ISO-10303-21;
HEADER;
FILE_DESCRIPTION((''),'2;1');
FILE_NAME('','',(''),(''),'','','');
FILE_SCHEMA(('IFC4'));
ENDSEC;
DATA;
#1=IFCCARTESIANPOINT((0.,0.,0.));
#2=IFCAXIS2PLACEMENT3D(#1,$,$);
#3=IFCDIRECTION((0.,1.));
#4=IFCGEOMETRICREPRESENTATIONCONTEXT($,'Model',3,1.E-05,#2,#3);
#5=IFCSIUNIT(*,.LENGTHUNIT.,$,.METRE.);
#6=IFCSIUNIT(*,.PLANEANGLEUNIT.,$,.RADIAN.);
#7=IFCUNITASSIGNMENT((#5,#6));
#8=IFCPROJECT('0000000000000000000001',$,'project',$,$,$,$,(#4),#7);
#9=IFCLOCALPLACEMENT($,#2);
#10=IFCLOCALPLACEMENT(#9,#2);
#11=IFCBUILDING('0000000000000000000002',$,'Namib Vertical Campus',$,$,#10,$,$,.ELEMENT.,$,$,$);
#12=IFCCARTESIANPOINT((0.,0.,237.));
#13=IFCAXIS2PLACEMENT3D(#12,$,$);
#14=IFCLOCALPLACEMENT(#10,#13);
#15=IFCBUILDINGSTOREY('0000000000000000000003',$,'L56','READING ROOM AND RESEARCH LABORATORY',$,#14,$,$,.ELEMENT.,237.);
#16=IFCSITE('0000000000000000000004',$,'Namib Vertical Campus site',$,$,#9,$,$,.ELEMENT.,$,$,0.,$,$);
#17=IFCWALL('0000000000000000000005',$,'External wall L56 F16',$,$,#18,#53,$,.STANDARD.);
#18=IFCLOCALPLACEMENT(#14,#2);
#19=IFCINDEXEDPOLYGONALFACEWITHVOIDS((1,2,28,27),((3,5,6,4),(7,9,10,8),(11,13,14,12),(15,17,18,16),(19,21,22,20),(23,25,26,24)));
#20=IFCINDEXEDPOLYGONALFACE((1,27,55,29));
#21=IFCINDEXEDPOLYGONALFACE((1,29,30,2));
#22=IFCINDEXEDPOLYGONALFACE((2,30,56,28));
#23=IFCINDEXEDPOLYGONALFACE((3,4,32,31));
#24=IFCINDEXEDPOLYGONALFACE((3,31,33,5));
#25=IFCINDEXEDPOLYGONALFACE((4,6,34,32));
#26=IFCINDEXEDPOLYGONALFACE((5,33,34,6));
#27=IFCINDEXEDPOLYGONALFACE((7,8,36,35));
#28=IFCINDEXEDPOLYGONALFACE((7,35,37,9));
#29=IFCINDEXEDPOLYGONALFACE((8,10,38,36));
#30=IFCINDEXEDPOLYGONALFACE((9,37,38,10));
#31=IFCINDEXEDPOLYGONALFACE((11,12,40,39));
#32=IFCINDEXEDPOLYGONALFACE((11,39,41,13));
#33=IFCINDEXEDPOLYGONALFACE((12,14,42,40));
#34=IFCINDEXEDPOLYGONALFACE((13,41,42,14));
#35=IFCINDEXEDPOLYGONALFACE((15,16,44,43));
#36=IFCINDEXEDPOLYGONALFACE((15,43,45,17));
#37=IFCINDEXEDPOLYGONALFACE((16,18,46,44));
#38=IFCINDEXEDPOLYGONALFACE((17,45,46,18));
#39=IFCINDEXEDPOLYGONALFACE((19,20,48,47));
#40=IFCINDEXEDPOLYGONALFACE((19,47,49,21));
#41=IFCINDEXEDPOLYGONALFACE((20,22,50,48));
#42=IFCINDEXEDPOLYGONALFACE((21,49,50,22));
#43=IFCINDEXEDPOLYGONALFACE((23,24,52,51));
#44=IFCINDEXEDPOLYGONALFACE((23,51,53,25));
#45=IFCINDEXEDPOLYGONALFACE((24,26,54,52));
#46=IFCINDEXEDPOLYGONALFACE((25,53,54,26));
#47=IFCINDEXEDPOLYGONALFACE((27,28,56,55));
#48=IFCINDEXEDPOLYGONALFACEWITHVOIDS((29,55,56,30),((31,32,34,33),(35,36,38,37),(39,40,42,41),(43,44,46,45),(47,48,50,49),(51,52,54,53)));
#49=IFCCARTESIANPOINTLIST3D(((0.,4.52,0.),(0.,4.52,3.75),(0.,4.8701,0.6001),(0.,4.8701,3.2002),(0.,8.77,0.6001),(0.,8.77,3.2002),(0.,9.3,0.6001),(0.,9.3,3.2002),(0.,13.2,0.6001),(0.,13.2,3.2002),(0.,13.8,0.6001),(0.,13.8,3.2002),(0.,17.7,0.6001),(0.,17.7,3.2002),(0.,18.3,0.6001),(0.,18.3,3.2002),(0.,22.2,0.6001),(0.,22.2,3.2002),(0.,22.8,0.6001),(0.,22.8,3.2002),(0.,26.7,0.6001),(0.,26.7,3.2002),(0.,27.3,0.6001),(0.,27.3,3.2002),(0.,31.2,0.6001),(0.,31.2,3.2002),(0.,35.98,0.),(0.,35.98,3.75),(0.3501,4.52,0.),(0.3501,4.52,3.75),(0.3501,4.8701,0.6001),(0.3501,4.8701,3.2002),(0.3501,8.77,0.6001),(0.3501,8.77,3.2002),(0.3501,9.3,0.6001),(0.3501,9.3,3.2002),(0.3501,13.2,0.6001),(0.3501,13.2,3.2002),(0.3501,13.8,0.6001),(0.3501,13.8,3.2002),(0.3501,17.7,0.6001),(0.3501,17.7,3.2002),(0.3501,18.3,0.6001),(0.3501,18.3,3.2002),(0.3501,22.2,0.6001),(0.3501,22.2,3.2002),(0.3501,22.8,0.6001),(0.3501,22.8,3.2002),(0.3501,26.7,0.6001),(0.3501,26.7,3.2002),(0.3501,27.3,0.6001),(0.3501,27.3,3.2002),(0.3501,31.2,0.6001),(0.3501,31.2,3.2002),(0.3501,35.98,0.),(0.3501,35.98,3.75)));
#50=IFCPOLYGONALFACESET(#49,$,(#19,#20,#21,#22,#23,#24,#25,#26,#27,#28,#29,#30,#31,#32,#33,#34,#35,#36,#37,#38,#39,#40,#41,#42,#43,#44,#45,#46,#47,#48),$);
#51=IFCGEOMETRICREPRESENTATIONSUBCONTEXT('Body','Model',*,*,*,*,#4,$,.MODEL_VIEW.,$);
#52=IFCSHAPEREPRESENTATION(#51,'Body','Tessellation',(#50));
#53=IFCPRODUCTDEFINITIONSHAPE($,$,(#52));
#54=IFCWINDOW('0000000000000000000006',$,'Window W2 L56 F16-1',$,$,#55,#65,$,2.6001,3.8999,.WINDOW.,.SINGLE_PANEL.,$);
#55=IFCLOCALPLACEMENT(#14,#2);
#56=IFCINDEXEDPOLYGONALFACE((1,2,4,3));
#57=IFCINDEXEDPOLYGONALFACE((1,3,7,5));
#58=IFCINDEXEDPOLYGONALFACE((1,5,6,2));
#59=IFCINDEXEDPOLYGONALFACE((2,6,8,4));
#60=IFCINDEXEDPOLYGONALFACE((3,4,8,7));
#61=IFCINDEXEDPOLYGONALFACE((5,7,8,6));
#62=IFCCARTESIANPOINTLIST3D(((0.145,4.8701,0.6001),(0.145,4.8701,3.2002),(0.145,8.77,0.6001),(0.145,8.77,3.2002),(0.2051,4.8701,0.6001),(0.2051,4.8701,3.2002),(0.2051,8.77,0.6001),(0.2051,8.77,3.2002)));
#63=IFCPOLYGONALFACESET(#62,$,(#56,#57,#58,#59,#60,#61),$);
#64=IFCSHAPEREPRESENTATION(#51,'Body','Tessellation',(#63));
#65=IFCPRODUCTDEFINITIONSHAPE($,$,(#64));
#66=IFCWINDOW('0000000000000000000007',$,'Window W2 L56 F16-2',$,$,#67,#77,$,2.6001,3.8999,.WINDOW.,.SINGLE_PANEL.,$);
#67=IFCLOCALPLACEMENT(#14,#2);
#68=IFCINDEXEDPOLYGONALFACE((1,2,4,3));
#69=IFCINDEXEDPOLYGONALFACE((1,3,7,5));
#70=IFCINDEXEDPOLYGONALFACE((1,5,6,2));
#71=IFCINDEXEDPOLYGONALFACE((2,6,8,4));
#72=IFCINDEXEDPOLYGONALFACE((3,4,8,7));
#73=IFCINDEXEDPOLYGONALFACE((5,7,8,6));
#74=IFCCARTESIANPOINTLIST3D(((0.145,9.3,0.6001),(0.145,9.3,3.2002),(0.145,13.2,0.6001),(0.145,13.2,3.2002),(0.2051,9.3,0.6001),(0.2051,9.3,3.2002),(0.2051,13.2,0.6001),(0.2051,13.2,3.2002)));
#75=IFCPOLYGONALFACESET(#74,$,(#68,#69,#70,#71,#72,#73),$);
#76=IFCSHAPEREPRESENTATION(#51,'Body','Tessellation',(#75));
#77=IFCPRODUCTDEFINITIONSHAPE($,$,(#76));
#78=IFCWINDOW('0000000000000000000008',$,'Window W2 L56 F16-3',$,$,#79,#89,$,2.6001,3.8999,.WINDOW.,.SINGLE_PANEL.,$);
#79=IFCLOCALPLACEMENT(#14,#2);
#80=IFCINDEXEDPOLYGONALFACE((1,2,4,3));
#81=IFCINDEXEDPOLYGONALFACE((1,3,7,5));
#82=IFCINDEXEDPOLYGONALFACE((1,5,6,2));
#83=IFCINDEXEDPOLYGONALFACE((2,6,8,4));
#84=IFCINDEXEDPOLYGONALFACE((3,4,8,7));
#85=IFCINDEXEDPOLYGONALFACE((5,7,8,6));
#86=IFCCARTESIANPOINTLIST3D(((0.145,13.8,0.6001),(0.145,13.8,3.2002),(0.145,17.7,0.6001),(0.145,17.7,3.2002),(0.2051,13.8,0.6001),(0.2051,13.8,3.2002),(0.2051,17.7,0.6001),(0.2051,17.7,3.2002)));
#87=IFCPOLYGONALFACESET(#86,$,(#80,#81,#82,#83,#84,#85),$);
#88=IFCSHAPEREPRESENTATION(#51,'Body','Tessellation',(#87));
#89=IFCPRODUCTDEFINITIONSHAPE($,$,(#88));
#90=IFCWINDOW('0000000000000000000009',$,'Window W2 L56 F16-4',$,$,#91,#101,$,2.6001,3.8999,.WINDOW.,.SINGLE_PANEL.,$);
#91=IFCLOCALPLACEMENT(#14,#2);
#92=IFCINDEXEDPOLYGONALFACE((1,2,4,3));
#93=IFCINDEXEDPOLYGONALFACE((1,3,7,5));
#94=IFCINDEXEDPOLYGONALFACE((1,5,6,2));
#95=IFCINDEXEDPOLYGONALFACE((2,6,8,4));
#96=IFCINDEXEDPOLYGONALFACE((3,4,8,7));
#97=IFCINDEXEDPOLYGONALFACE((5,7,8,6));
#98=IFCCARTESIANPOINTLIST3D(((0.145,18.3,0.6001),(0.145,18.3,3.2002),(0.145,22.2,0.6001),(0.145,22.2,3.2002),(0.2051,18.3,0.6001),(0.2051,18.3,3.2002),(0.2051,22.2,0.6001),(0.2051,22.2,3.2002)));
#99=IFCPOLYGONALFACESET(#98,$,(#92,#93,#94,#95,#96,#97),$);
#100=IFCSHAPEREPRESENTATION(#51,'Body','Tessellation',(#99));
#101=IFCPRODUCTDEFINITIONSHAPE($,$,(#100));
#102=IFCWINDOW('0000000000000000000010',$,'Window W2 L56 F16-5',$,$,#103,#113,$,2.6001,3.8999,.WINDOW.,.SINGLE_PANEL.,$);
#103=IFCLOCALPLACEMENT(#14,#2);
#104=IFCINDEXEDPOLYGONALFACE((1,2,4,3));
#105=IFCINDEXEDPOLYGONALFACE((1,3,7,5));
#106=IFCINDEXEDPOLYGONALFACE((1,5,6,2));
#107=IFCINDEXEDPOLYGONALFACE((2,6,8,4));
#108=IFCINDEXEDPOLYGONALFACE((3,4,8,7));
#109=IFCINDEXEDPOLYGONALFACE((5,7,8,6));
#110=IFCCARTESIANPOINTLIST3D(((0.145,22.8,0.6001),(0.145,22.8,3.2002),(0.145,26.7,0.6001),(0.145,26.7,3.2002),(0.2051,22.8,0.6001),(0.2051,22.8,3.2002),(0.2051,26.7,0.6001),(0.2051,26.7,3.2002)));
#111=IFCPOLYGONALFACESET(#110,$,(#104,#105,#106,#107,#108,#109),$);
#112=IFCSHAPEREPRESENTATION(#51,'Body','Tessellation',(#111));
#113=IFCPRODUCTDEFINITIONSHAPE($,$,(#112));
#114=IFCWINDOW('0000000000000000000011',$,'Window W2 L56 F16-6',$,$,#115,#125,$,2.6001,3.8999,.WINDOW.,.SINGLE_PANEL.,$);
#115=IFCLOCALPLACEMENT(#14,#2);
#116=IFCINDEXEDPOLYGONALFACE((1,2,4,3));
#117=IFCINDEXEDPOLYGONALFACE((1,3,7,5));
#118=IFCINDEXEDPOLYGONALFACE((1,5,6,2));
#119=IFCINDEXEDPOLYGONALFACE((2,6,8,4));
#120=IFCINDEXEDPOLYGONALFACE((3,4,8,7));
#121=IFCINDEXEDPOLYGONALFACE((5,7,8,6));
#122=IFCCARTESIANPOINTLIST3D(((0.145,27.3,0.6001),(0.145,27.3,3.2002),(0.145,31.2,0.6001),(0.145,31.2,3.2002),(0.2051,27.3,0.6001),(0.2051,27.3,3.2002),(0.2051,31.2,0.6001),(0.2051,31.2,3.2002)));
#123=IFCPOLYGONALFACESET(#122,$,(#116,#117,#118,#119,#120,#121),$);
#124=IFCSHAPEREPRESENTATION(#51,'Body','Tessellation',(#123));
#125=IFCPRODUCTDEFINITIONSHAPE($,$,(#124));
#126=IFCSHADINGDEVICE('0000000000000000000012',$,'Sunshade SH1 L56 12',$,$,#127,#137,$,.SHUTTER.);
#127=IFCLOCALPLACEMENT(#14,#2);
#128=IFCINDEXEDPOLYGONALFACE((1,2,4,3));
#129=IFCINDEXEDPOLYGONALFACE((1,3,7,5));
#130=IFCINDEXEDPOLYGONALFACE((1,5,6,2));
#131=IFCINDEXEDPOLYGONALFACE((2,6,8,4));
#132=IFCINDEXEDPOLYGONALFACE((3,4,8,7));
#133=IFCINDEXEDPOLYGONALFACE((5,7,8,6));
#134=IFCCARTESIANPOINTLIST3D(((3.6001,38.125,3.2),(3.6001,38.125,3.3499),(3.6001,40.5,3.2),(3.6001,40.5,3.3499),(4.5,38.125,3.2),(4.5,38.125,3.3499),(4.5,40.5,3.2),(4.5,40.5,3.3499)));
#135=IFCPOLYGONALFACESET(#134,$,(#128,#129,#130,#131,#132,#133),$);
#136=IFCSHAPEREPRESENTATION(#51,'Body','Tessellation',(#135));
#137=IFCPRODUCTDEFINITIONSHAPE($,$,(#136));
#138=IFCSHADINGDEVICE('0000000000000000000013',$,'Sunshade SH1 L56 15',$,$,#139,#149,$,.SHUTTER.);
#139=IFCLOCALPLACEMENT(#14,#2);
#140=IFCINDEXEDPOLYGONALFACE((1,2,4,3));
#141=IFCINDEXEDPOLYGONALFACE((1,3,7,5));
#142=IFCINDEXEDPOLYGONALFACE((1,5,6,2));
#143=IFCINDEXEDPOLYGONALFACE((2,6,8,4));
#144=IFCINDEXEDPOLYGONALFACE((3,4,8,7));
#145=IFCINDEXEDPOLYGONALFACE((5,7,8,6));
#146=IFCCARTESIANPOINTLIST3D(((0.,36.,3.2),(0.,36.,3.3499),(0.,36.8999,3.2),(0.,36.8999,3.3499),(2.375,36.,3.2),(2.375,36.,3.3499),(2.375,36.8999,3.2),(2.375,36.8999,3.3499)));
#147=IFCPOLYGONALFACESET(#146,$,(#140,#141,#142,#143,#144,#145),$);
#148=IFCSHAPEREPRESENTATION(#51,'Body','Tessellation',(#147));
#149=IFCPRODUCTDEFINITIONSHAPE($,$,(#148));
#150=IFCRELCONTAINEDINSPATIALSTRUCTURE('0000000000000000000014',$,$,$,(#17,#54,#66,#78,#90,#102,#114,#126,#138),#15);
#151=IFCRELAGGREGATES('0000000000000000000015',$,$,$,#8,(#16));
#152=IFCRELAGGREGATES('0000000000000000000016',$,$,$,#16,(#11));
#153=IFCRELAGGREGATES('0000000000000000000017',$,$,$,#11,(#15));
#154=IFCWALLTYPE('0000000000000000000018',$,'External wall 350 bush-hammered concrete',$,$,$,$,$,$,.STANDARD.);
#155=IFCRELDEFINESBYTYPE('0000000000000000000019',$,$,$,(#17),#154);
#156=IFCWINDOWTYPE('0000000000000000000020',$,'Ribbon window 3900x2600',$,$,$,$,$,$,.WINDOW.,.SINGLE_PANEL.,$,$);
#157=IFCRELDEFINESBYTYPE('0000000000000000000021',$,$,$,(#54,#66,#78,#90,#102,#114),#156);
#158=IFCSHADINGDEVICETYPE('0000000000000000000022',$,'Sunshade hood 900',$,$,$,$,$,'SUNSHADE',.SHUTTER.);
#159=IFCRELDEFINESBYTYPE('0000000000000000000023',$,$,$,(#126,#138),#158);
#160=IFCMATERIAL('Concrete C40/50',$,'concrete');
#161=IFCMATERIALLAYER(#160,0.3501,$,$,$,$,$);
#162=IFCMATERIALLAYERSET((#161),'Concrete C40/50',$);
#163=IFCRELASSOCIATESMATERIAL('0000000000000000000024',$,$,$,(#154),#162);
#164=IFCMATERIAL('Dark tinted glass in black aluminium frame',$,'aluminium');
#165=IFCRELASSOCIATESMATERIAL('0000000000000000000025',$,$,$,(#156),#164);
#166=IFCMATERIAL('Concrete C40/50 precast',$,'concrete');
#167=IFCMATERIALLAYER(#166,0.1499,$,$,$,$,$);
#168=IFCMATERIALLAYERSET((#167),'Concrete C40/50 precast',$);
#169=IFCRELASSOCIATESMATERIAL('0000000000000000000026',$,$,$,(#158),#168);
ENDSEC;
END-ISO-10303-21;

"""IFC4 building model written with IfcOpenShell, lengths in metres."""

from ifc_helpers import new_model, si_unit, direction, frame, frame_2d, origin, origin_2d, place, context, subcontext, project, spatial, rectangle, extrude, material, layer, layer_set, type_object, element, fill, save


model = new_model("IFC4")

# Units and contexts
model_context = context("Model", 3, precision=1e-05, world=origin(), true_north=direction((0.0, 1.0)))
body_context = subcontext(model_context, "Body", "Model", "MODEL_VIEW")
ifc_project = project(units=[si_unit("LENGTHUNIT", "METRE"), si_unit("PLANEANGLEUNIT", "RADIAN")], contexts=[model_context])

# Site, building, storey
site_placement = place(None, origin())
site = spatial("IfcSite", under=ifc_project, at=site_placement, Name="Namib Vertical Campus site", CompositionType="ELEMENT", RefElevation=0.0)
building_placement = place(site_placement, origin())
building = spatial("IfcBuilding", under=site, at=building_placement, Name="Namib Vertical Campus", CompositionType="ELEMENT")
storey_placement = place(building_placement, frame((0.0, 0.0, 237.0)))
storey = spatial("IfcBuildingStorey", under=building, at=storey_placement, Name="L56", Description="READING ROOM AND RESEARCH LABORATORY", CompositionType="ELEMENT", Elevation=237.0)

# Shared definitions
ifc_material_1 = material(Name="Concrete C40/50", Category="concrete")
ifc_layer_1 = layer(ifc_material_1, 0.3501)
ifc_layer_set_1 = layer_set([ifc_layer_1], Name="Concrete C40/50")
wall_type_1 = type_object("IfcWallType", Name="External wall 350 bush-hammered concrete", PredefinedType="STANDARD", material=ifc_layer_set_1)

# Wall, openings, windows
wall_1_placement = place(storey_placement, frame((0.175, 35.98, 0.0), z_axis=(0.0, 0.0, 1.0), x_axis=(0.0, -1.0, 0.0)))
wall_1 = element("IfcWall", 1, at=wall_1_placement, inside=storey, type_object=wall_type_1, Name="External wall L56 F16", PredefinedType="STANDARD", context=body_context, shape_type="SweptSolid", body=[
    extrude(rectangle(XDim=31.46, YDim=0.3501, at=frame_2d((15.73, 0.0))), origin(), (0.0, 0.0, 1.0), 3.75),
])
opening_1_placement = place(wall_1_placement, frame((27.21, 0.0, 0.6001)))
opening_1 = element("IfcOpeningElement", 2, at=opening_1_placement, cuts=wall_1, PredefinedType="OPENING", context=body_context, shape_type="SweptSolid", body=[
    extrude(rectangle(XDim=3.8999, YDim=2.6001, at=frame_2d((1.95, 1.3))), frame((0.0, 0.1851, 0.0), z_axis=(0.0, -1.0, 0.0), x_axis=(1.0, 0.0, 0.0)), (0.0, 0.0, 1.0), 0.3701),
])
opening_2_placement = place(wall_1_placement, frame((22.78, 0.0, 0.6001)))
opening_2 = element("IfcOpeningElement", 3, at=opening_2_placement, cuts=wall_1, PredefinedType="OPENING", context=body_context, shape_type="SweptSolid", body=[
    extrude(rectangle(XDim=3.8999, YDim=2.6001, at=frame_2d((1.95, 1.3))), frame((0.0, 0.1851, 0.0), z_axis=(0.0, -1.0, 0.0), x_axis=(1.0, 0.0, 0.0)), (0.0, 0.0, 1.0), 0.3701),
])
opening_3_placement = place(wall_1_placement, frame((18.28, 0.0, 0.6001)))
opening_3 = element("IfcOpeningElement", 4, at=opening_3_placement, cuts=wall_1, PredefinedType="OPENING", context=body_context, shape_type="SweptSolid", body=[
    extrude(rectangle(XDim=3.8999, YDim=2.6001, at=frame_2d((1.95, 1.3))), frame((0.0, 0.1851, 0.0), z_axis=(0.0, -1.0, 0.0), x_axis=(1.0, 0.0, 0.0)), (0.0, 0.0, 1.0), 0.3701),
])
opening_4_placement = place(wall_1_placement, frame((13.78, 0.0, 0.6001)))
opening_4 = element("IfcOpeningElement", 5, at=opening_4_placement, cuts=wall_1, PredefinedType="OPENING", context=body_context, shape_type="SweptSolid", body=[
    extrude(rectangle(XDim=3.8999, YDim=2.6001, at=frame_2d((1.95, 1.3))), frame((0.0, 0.1851, 0.0), z_axis=(0.0, -1.0, 0.0), x_axis=(1.0, 0.0, 0.0)), (0.0, 0.0, 1.0), 0.3701),
])
opening_5_placement = place(wall_1_placement, frame((9.28, 0.0, 0.6001)))
opening_5 = element("IfcOpeningElement", 6, at=opening_5_placement, cuts=wall_1, PredefinedType="OPENING", context=body_context, shape_type="SweptSolid", body=[
    extrude(rectangle(XDim=3.8999, YDim=2.6001, at=frame_2d((1.95, 1.3))), frame((0.0, 0.1851, 0.0), z_axis=(0.0, -1.0, 0.0), x_axis=(1.0, 0.0, 0.0)), (0.0, 0.0, 1.0), 0.3701),
])
opening_6_placement = place(wall_1_placement, frame((4.78, 0.0, 0.6001)))
opening_6 = element("IfcOpeningElement", 7, at=opening_6_placement, cuts=wall_1, PredefinedType="OPENING", context=body_context, shape_type="SweptSolid", body=[
    extrude(rectangle(XDim=3.8999, YDim=2.6001, at=frame_2d((1.95, 1.3))), frame((0.0, 0.1851, 0.0), z_axis=(0.0, -1.0, 0.0), x_axis=(1.0, 0.0, 0.0)), (0.0, 0.0, 1.0), 0.3701),
])
ifc_material_2 = material(Name="Dark tinted glass in black aluminium frame", Category="aluminium")
window_type = type_object("IfcWindowType", Name="Ribbon window 3900x2600", PartitioningType="SINGLE_PANEL", PredefinedType="WINDOW", material=ifc_material_2)
window_1_placement = place(opening_1_placement, origin())
window_1 = element("IfcWindow", 8, at=window_1_placement, inside=storey, type_object=window_type, Name="Window W2 L56 F16-1", OverallHeight=2.6001, OverallWidth=3.8999, PartitioningType="SINGLE_PANEL", PredefinedType="WINDOW", context=body_context, shape_type="SweptSolid", body=[
    extrude(rectangle(XDim=3.8999, YDim=2.6001, at=frame_2d((1.95, 1.3))), frame((0.0, 0.03, 0.0), z_axis=(0.0, -1.0, 0.0), x_axis=(1.0, 0.0, 0.0)), (0.0, 0.0, 1.0), 0.0601),
])
fill(opening_1, window_1)
window_2_placement = place(opening_2_placement, origin())
window_2 = element("IfcWindow", 9, at=window_2_placement, inside=storey, type_object=window_type, Name="Window W2 L56 F16-2", OverallHeight=2.6001, OverallWidth=3.8999, PartitioningType="SINGLE_PANEL", PredefinedType="WINDOW", context=body_context, shape_type="SweptSolid", body=[
    extrude(rectangle(XDim=3.8999, YDim=2.6001, at=frame_2d((1.95, 1.3))), frame((0.0, 0.03, 0.0), z_axis=(0.0, -1.0, 0.0), x_axis=(1.0, 0.0, 0.0)), (0.0, 0.0, 1.0), 0.0601),
])
fill(opening_2, window_2)
window_3_placement = place(opening_3_placement, origin())
window_3 = element("IfcWindow", 10, at=window_3_placement, inside=storey, type_object=window_type, Name="Window W2 L56 F16-3", OverallHeight=2.6001, OverallWidth=3.8999, PartitioningType="SINGLE_PANEL", PredefinedType="WINDOW", context=body_context, shape_type="SweptSolid", body=[
    extrude(rectangle(XDim=3.8999, YDim=2.6001, at=frame_2d((1.95, 1.3))), frame((0.0, 0.03, 0.0), z_axis=(0.0, -1.0, 0.0), x_axis=(1.0, 0.0, 0.0)), (0.0, 0.0, 1.0), 0.0601),
])
fill(opening_3, window_3)
window_4_placement = place(opening_4_placement, origin())
window_4 = element("IfcWindow", 11, at=window_4_placement, inside=storey, type_object=window_type, Name="Window W2 L56 F16-4", OverallHeight=2.6001, OverallWidth=3.8999, PartitioningType="SINGLE_PANEL", PredefinedType="WINDOW", context=body_context, shape_type="SweptSolid", body=[
    extrude(rectangle(XDim=3.8999, YDim=2.6001, at=frame_2d((1.95, 1.3))), frame((0.0, 0.03, 0.0), z_axis=(0.0, -1.0, 0.0), x_axis=(1.0, 0.0, 0.0)), (0.0, 0.0, 1.0), 0.0601),
])
fill(opening_4, window_4)
window_5_placement = place(opening_5_placement, origin())
window_5 = element("IfcWindow", 12, at=window_5_placement, inside=storey, type_object=window_type, Name="Window W2 L56 F16-5", OverallHeight=2.6001, OverallWidth=3.8999, PartitioningType="SINGLE_PANEL", PredefinedType="WINDOW", context=body_context, shape_type="SweptSolid", body=[
    extrude(rectangle(XDim=3.8999, YDim=2.6001, at=frame_2d((1.95, 1.3))), frame((0.0, 0.03, 0.0), z_axis=(0.0, -1.0, 0.0), x_axis=(1.0, 0.0, 0.0)), (0.0, 0.0, 1.0), 0.0601),
])
fill(opening_5, window_5)
window_6_placement = place(opening_6_placement, origin())
window_6 = element("IfcWindow", 13, at=window_6_placement, inside=storey, type_object=window_type, Name="Window W2 L56 F16-6", OverallHeight=2.6001, OverallWidth=3.8999, PartitioningType="SINGLE_PANEL", PredefinedType="WINDOW", context=body_context, shape_type="SweptSolid", body=[
    extrude(rectangle(XDim=3.8999, YDim=2.6001, at=frame_2d((1.95, 1.3))), frame((0.0, 0.03, 0.0), z_axis=(0.0, -1.0, 0.0), x_axis=(1.0, 0.0, 0.0)), (0.0, 0.0, 1.0), 0.0601),
])
fill(opening_6, window_6)

# Shading devices
ifc_material_3 = material(Name="Concrete C40/50 precast", Category="concrete")
ifc_layer_2 = layer(ifc_material_3, 0.1499)
ifc_layer_set_2 = layer_set([ifc_layer_2], Name="Concrete C40/50 precast")
shading_device_type = type_object("IfcShadingDeviceType", Name="Sunshade hood 900", ElementType="SUNSHADE", PredefinedType="SHUTTER", material=ifc_layer_set_2)
for number, where, z_axis, x_axis, name in (
    (14, (4.05, 39.3125, 3.2), (0.0, 0.0, 1.0), (0.0, -1.0, 0.0), "Sunshade SH1 L56 12"),
    (15, (1.1875, 36.45, 3.2), (0.0, 0.0, 1.0), (-1.0, 0.0, 0.0), "Sunshade SH1 L56 15"),
):
    element("IfcShadingDevice", number, at=place(storey_placement, frame(where, z_axis=z_axis, x_axis=x_axis)), inside=storey, type_object=shading_device_type, Name=name, PredefinedType="SHUTTER", context=body_context, shape_type="SweptSolid", body=[
        extrude(rectangle(XDim=2.375, YDim=0.8999, at=origin_2d()), origin(), (0.0, 0.0, 1.0), 0.1499),
    ])

save(model, "model.ifc")
